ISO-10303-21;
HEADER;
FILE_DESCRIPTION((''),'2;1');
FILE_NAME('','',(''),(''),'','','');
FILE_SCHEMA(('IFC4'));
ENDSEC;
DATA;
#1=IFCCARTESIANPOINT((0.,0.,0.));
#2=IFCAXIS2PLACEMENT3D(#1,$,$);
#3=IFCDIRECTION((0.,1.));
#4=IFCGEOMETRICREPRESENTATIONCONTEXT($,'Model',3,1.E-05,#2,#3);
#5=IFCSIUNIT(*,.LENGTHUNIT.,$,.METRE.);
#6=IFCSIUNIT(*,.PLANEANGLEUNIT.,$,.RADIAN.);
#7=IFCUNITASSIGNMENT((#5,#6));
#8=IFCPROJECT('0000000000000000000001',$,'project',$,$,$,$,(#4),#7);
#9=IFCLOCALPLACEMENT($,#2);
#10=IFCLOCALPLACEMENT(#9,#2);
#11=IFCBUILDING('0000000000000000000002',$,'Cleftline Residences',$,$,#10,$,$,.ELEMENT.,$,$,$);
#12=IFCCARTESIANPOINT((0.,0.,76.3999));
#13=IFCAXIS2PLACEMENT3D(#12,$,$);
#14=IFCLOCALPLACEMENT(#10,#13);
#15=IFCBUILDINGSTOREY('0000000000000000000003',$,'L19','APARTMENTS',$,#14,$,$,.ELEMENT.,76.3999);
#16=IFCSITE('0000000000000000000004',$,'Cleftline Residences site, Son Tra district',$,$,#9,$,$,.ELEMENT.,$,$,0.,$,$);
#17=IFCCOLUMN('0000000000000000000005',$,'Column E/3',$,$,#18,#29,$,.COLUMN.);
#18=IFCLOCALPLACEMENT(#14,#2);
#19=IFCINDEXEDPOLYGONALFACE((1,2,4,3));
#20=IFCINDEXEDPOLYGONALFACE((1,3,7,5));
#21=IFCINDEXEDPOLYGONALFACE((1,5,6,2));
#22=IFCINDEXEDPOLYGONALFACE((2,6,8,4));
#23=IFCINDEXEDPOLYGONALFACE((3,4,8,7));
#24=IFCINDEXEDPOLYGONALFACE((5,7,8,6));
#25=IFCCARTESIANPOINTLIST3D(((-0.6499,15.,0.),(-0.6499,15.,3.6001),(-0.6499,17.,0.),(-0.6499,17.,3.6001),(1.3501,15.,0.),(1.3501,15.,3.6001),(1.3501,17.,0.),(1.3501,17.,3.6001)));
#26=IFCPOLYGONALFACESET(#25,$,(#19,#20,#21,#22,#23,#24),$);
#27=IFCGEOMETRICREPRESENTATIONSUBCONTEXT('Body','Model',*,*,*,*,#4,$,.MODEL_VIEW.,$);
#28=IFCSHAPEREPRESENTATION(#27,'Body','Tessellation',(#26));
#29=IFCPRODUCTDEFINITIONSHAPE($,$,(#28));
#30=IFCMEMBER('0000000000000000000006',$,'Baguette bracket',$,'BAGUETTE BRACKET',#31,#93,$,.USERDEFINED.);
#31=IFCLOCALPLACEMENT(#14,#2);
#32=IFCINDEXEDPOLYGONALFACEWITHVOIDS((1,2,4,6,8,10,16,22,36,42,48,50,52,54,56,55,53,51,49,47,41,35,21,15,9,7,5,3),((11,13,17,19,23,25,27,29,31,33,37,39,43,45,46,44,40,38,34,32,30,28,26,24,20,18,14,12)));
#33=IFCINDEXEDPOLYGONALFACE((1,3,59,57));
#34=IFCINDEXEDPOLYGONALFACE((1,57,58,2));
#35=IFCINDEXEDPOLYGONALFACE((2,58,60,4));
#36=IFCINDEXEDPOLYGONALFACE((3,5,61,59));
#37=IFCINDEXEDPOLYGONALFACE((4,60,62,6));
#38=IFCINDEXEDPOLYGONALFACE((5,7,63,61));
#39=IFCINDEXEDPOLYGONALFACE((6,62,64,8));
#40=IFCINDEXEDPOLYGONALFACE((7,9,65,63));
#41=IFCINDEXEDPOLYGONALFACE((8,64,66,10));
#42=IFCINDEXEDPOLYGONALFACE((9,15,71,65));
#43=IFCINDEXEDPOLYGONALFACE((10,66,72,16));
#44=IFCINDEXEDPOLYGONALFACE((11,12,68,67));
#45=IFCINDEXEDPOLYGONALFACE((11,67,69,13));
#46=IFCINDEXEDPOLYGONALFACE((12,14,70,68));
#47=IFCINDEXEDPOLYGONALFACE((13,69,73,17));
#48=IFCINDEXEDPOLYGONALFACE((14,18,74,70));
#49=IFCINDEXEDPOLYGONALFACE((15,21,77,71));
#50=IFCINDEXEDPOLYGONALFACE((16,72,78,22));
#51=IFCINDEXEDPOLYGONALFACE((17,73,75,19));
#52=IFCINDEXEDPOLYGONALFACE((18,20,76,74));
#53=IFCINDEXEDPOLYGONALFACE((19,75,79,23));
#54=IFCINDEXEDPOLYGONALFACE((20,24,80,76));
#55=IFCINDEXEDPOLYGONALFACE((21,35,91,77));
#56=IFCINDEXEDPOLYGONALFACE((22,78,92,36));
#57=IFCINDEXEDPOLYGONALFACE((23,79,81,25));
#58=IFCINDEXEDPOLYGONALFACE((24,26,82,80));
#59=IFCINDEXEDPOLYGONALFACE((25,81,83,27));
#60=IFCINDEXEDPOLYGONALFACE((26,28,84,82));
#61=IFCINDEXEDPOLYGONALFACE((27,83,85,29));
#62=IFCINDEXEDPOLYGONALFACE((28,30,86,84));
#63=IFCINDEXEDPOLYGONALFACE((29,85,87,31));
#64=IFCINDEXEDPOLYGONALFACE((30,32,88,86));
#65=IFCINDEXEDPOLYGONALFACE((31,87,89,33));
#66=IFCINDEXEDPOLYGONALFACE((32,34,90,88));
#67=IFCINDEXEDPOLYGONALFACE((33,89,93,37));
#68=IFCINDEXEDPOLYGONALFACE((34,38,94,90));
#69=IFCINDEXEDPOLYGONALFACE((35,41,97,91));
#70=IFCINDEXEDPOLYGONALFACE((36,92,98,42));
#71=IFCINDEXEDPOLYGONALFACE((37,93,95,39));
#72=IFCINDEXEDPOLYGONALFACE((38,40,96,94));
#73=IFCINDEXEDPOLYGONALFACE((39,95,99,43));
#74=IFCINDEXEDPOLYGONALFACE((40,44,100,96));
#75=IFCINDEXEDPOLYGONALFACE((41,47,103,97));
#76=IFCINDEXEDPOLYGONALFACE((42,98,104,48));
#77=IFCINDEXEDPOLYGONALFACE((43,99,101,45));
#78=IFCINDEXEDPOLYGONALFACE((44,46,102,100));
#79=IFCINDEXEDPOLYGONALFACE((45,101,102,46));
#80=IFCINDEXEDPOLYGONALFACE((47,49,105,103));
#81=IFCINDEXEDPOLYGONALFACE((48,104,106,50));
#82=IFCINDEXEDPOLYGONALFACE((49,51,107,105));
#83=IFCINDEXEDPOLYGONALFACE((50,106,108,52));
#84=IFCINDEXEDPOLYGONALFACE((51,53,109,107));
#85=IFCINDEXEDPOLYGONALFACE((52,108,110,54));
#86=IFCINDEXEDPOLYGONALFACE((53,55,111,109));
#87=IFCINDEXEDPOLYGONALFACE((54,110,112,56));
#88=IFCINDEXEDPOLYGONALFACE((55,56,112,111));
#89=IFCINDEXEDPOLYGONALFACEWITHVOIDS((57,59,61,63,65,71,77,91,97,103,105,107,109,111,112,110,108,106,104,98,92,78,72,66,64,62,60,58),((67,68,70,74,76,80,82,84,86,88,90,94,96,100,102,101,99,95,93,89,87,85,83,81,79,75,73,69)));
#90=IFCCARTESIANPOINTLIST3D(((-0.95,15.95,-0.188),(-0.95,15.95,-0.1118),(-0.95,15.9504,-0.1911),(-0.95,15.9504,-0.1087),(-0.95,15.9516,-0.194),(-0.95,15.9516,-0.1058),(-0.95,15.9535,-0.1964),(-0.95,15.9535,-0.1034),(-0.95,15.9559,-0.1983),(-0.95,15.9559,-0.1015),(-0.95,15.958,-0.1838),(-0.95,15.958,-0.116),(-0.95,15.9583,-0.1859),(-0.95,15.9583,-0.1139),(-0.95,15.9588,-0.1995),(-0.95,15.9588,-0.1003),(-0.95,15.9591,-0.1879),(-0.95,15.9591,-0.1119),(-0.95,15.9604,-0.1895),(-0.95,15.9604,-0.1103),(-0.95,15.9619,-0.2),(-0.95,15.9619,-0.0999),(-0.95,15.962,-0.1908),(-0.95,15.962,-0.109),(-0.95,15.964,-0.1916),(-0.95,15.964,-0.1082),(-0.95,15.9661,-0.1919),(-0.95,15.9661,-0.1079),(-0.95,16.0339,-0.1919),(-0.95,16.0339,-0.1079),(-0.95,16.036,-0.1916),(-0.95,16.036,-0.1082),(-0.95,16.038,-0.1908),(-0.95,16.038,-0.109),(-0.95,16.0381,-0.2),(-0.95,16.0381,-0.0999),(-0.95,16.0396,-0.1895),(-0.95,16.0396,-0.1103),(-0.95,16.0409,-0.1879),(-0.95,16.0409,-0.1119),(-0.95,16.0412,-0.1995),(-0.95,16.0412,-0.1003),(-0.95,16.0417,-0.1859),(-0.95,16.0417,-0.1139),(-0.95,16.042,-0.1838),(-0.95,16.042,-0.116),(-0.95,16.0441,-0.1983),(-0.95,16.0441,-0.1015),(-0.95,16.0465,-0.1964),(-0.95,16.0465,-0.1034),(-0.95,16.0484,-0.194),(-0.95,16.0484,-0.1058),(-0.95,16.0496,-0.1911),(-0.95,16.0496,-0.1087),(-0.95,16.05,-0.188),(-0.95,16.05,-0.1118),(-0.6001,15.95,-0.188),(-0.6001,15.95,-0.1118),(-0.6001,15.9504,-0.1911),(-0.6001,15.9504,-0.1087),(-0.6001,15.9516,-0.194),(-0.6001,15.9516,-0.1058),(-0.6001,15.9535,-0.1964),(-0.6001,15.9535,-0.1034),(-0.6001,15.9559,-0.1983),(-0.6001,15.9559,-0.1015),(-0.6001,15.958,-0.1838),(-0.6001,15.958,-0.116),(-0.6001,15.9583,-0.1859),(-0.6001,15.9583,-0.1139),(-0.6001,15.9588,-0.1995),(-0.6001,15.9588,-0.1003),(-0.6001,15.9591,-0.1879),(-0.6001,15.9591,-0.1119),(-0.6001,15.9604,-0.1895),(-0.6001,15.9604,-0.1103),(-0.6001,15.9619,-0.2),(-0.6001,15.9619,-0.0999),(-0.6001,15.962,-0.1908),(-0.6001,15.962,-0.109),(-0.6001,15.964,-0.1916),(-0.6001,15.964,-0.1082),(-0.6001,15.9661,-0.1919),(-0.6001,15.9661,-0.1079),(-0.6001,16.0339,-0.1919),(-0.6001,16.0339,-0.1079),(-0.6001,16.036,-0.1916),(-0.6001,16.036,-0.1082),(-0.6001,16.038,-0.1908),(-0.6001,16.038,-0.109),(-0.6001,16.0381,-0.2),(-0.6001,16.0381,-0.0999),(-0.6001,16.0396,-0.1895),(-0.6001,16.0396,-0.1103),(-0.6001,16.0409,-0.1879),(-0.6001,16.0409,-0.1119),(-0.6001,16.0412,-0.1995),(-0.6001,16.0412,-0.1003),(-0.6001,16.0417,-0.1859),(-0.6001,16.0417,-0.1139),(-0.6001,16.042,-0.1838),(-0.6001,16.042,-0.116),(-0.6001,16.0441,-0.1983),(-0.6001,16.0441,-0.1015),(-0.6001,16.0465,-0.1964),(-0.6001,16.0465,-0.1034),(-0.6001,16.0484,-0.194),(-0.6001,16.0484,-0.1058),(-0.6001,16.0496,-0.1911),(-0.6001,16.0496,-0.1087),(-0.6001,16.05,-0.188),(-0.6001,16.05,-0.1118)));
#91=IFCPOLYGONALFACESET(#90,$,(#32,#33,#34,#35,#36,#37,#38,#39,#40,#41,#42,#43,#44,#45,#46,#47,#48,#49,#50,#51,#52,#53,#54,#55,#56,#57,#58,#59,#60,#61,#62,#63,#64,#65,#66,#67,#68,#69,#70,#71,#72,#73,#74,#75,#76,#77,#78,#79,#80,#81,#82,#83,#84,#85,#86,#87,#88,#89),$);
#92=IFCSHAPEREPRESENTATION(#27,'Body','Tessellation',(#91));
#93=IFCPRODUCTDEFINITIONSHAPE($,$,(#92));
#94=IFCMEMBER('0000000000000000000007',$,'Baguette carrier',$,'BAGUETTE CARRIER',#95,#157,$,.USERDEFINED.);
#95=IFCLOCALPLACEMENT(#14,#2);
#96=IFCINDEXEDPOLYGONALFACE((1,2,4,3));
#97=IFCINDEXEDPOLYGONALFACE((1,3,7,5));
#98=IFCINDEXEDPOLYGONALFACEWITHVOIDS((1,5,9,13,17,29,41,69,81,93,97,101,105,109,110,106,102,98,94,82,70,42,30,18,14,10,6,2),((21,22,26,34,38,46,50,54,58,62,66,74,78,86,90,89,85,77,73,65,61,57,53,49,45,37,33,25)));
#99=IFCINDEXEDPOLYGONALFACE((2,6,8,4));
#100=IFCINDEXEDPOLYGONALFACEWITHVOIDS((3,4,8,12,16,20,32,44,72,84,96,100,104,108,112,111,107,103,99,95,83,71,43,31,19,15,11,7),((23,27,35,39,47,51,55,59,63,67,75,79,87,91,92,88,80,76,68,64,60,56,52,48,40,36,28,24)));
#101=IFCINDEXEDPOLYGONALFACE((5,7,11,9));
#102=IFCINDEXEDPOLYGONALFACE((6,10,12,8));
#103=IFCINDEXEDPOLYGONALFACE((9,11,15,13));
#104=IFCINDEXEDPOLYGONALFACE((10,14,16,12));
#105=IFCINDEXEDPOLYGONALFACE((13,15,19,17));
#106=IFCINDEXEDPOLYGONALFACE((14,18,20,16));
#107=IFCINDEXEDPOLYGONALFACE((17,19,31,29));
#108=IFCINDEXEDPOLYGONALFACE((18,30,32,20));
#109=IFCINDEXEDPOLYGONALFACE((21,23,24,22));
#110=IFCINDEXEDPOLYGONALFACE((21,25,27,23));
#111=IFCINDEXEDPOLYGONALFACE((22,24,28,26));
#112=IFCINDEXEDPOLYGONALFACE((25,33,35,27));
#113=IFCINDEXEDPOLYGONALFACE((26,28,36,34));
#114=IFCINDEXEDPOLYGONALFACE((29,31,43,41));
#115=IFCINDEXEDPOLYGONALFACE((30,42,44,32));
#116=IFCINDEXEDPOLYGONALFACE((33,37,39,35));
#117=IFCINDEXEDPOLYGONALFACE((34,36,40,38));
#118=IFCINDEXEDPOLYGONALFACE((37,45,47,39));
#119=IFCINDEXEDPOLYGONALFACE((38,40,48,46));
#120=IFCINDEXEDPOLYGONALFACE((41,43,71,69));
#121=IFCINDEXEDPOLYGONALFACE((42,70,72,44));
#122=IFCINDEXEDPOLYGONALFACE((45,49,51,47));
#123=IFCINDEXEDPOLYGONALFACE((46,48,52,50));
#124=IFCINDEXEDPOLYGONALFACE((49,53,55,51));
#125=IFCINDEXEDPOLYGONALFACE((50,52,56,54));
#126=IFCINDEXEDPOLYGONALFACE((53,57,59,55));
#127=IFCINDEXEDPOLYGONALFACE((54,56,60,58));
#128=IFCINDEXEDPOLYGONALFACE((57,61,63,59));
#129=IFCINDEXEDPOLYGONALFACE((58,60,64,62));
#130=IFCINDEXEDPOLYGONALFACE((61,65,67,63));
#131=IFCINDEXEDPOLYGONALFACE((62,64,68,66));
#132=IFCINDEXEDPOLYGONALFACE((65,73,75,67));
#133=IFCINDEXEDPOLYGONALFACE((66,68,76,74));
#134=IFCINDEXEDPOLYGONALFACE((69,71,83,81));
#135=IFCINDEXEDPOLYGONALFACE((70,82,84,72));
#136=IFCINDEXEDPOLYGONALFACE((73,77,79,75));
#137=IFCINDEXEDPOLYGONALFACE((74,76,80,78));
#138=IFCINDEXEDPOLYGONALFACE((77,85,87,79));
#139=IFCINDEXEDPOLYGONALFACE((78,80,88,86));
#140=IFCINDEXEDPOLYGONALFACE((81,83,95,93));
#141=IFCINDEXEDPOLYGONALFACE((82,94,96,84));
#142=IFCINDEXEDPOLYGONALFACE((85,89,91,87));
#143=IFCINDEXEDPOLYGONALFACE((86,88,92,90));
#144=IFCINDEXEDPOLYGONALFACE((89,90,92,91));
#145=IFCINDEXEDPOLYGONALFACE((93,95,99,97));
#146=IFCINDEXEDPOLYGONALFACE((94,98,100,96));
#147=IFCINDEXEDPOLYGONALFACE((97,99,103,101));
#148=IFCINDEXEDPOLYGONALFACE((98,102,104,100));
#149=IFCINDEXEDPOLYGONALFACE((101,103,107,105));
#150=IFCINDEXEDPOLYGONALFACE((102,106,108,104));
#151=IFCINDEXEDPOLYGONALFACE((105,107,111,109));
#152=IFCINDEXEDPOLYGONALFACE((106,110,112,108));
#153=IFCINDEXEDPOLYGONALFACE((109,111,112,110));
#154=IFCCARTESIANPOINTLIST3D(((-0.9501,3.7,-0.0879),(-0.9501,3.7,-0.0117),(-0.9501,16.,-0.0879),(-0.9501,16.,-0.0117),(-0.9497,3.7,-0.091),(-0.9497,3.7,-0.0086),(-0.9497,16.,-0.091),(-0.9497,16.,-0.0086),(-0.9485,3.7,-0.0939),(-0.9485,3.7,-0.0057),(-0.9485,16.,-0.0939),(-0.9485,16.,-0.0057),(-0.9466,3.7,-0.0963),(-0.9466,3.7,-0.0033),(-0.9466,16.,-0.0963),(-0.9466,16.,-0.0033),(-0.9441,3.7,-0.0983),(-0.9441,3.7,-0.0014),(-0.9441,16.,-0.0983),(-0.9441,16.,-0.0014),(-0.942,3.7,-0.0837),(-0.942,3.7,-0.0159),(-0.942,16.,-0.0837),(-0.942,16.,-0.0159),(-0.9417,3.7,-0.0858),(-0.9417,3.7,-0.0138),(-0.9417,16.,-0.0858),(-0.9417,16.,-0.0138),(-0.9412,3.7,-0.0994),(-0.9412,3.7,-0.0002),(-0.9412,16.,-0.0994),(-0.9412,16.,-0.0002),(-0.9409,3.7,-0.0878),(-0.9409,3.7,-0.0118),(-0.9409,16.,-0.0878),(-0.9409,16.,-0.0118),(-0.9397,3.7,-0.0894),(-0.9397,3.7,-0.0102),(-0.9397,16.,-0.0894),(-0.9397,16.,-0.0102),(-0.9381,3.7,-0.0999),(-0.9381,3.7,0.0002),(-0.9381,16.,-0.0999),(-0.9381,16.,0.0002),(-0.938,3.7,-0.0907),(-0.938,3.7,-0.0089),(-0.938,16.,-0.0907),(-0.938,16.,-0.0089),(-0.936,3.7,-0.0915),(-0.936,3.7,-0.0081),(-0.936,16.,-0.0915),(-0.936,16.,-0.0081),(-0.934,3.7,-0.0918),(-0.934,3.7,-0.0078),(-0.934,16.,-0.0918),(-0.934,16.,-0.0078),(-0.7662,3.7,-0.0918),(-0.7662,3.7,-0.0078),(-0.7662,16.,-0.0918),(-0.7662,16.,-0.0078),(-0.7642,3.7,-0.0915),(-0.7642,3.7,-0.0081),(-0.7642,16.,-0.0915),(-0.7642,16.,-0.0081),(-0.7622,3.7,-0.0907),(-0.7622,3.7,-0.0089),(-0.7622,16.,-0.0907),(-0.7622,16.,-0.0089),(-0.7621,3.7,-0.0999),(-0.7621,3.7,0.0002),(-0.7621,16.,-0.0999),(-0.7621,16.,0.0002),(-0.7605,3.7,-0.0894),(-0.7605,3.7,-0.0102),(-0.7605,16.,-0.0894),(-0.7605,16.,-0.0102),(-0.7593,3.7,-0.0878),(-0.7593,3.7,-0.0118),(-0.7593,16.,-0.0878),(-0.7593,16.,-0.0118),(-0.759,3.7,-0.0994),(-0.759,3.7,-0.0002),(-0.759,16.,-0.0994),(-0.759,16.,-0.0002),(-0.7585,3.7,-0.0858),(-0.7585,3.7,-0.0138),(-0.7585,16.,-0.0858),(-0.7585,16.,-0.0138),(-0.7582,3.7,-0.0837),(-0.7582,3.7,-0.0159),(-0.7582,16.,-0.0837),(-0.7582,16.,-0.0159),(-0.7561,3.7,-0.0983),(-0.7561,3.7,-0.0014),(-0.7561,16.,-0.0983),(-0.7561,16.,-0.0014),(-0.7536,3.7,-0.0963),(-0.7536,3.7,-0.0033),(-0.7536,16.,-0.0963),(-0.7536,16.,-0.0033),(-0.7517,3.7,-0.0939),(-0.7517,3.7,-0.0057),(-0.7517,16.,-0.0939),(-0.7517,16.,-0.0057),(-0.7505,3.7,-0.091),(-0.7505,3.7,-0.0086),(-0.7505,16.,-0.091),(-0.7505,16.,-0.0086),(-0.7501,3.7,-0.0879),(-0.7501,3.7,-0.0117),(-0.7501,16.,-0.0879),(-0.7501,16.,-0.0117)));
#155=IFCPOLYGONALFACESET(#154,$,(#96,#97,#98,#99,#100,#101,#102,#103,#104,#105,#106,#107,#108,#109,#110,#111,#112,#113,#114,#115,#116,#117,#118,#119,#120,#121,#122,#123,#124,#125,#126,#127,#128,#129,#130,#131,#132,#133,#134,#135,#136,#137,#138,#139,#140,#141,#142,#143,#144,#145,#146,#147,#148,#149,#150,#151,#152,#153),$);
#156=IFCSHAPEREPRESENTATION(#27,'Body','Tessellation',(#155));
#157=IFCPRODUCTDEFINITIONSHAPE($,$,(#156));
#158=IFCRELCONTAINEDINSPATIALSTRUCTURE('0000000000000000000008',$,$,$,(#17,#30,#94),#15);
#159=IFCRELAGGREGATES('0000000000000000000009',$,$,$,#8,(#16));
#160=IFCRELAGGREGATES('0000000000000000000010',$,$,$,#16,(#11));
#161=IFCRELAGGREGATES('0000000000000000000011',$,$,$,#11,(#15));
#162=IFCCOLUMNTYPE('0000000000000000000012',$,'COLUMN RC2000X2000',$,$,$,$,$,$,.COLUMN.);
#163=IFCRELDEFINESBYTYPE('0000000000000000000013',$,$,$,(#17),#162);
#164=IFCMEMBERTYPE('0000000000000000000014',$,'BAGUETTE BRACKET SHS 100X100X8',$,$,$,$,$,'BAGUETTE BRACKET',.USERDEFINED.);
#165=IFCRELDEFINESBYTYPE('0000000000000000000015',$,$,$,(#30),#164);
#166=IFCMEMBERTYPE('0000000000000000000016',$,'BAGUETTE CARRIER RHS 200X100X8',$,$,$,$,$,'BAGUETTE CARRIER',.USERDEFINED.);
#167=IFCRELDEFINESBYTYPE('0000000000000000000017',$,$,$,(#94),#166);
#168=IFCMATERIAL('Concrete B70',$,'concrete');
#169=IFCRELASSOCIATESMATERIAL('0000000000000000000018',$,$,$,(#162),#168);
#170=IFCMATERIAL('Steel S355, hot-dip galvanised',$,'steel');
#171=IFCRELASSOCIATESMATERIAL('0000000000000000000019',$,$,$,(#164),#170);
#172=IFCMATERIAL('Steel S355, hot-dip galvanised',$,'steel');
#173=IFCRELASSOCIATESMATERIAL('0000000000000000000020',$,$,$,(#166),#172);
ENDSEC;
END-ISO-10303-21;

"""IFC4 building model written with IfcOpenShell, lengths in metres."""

from ifc_helpers import new_model, si_unit, direction, frame, origin, origin_2d, place, context, subcontext, project, spatial, rectangle, hollow_rectangle, extrude, material, material_profile, profile_set, type_object, element, save


model = new_model("IFC4")

# Units and contexts
model_context = context("Model", 3, precision=1e-05, world=origin(), true_north=direction((0.0, 1.0)))
body_context = subcontext(model_context, "Body", "Model", "MODEL_VIEW")
ifc_project = project(units=[si_unit("LENGTHUNIT", "METRE"), si_unit("PLANEANGLEUNIT", "RADIAN")], contexts=[model_context])

# Site, building, storey
site_placement = place(None, origin())
site = spatial("IfcSite", under=ifc_project, at=site_placement, Name="Cleftline Residences site, Son Tra district", CompositionType="ELEMENT", RefElevation=0.0)
building_placement = place(site_placement, origin())
building = spatial("IfcBuilding", under=site, at=building_placement, Name="Cleftline Residences", CompositionType="ELEMENT")
storey_placement = place(building_placement, frame((0.0, 0.0, 76.3999)))
storey = spatial("IfcBuildingStorey", under=building, at=storey_placement, Name="L19", Description="APARTMENTS", CompositionType="ELEMENT", Elevation=76.3999)

# Column
ifc_material_1 = material(Name="Concrete B70", Category="concrete")
ifc_material_profile_1 = material_profile(ifc_material_1, rectangle(XDim=2.0, YDim=2.0, at=origin_2d()))
ifc_profile_set_1 = profile_set([ifc_material_profile_1], Name="Concrete B70")
column_type = type_object("IfcColumnType", Name="COLUMN RC2000X2000", PredefinedType="COLUMN", material=ifc_profile_set_1)
column_placement = place(storey_placement, frame((0.3501, 16.0, 0.0), z_axis=(0.0, 0.0, 1.0), x_axis=(1.0, 0.0, 0.0)))
element("IfcColumn", 1, at=column_placement, inside=storey, type_object=column_type, Name="Column E/3", PredefinedType="COLUMN", context=body_context, shape_type="SweptSolid", body=[
    extrude(rectangle(XDim=2.0, YDim=2.0, at=origin_2d()), origin(), (0.0, 0.0, 1.0), 3.6001),
])

# Members
ifc_material_2 = material(Name="Steel S355, hot-dip galvanised", Category="steel")
ifc_material_profile_2 = material_profile(ifc_material_2, hollow_rectangle(XDim=0.1001, YDim=0.1001, WallThickness=0.0081, InnerFilletRadius=0.0081, OuterFilletRadius=0.012, at=origin_2d()))
ifc_profile_set_2 = profile_set([ifc_material_profile_2], Name="Steel S355, hot-dip galvanised")
member_type_1 = type_object("IfcMemberType", Name="BAGUETTE BRACKET SHS 100X100X8", ElementType="BAGUETTE BRACKET", PredefinedType="USERDEFINED", material=ifc_profile_set_2)
member_1_placement = place(storey_placement, frame((-0.6001, 16.0, -0.1499), z_axis=(-1.0, 0.0, 0.0), x_axis=(0.0, -1.0, 0.0)))
element("IfcMember", 2, at=member_1_placement, inside=storey, type_object=member_type_1, Name="Baguette bracket", ObjectType="BAGUETTE BRACKET", PredefinedType="USERDEFINED", context=body_context, shape_type="SweptSolid", body=[
    extrude(hollow_rectangle(XDim=0.1001, YDim=0.1001, WallThickness=0.0081, InnerFilletRadius=0.0081, OuterFilletRadius=0.012, at=origin_2d()), origin(), (0.0, 0.0, 1.0), 0.3499),
])
ifc_material_3 = material(Name="Steel S355, hot-dip galvanised", Category="steel")
ifc_material_profile_3 = material_profile(ifc_material_3, hollow_rectangle(XDim=0.1001, YDim=0.2, WallThickness=0.0081, InnerFilletRadius=0.0081, OuterFilletRadius=0.012, at=origin_2d()))
ifc_profile_set_3 = profile_set([ifc_material_profile_3], Name="Steel S355, hot-dip galvanised")
member_type_2 = type_object("IfcMemberType", Name="BAGUETTE CARRIER RHS 200X100X8", ElementType="BAGUETTE CARRIER", PredefinedType="USERDEFINED", material=ifc_profile_set_3)
member_2_placement = place(storey_placement, frame((-0.8501, 16.0, -0.0498), z_axis=(0.0, -1.0, 0.0), x_axis=(0.0, 0.0, 1.0)))
element("IfcMember", 3, at=member_2_placement, inside=storey, type_object=member_type_2, Name="Baguette carrier", ObjectType="BAGUETTE CARRIER", PredefinedType="USERDEFINED", context=body_context, shape_type="SweptSolid", body=[
    extrude(hollow_rectangle(XDim=0.1001, YDim=0.2, WallThickness=0.0081, InnerFilletRadius=0.0081, OuterFilletRadius=0.012, at=origin_2d()), origin(), (0.0, 0.0, 1.0), 12.3),
])

save(model, "model.ifc")
